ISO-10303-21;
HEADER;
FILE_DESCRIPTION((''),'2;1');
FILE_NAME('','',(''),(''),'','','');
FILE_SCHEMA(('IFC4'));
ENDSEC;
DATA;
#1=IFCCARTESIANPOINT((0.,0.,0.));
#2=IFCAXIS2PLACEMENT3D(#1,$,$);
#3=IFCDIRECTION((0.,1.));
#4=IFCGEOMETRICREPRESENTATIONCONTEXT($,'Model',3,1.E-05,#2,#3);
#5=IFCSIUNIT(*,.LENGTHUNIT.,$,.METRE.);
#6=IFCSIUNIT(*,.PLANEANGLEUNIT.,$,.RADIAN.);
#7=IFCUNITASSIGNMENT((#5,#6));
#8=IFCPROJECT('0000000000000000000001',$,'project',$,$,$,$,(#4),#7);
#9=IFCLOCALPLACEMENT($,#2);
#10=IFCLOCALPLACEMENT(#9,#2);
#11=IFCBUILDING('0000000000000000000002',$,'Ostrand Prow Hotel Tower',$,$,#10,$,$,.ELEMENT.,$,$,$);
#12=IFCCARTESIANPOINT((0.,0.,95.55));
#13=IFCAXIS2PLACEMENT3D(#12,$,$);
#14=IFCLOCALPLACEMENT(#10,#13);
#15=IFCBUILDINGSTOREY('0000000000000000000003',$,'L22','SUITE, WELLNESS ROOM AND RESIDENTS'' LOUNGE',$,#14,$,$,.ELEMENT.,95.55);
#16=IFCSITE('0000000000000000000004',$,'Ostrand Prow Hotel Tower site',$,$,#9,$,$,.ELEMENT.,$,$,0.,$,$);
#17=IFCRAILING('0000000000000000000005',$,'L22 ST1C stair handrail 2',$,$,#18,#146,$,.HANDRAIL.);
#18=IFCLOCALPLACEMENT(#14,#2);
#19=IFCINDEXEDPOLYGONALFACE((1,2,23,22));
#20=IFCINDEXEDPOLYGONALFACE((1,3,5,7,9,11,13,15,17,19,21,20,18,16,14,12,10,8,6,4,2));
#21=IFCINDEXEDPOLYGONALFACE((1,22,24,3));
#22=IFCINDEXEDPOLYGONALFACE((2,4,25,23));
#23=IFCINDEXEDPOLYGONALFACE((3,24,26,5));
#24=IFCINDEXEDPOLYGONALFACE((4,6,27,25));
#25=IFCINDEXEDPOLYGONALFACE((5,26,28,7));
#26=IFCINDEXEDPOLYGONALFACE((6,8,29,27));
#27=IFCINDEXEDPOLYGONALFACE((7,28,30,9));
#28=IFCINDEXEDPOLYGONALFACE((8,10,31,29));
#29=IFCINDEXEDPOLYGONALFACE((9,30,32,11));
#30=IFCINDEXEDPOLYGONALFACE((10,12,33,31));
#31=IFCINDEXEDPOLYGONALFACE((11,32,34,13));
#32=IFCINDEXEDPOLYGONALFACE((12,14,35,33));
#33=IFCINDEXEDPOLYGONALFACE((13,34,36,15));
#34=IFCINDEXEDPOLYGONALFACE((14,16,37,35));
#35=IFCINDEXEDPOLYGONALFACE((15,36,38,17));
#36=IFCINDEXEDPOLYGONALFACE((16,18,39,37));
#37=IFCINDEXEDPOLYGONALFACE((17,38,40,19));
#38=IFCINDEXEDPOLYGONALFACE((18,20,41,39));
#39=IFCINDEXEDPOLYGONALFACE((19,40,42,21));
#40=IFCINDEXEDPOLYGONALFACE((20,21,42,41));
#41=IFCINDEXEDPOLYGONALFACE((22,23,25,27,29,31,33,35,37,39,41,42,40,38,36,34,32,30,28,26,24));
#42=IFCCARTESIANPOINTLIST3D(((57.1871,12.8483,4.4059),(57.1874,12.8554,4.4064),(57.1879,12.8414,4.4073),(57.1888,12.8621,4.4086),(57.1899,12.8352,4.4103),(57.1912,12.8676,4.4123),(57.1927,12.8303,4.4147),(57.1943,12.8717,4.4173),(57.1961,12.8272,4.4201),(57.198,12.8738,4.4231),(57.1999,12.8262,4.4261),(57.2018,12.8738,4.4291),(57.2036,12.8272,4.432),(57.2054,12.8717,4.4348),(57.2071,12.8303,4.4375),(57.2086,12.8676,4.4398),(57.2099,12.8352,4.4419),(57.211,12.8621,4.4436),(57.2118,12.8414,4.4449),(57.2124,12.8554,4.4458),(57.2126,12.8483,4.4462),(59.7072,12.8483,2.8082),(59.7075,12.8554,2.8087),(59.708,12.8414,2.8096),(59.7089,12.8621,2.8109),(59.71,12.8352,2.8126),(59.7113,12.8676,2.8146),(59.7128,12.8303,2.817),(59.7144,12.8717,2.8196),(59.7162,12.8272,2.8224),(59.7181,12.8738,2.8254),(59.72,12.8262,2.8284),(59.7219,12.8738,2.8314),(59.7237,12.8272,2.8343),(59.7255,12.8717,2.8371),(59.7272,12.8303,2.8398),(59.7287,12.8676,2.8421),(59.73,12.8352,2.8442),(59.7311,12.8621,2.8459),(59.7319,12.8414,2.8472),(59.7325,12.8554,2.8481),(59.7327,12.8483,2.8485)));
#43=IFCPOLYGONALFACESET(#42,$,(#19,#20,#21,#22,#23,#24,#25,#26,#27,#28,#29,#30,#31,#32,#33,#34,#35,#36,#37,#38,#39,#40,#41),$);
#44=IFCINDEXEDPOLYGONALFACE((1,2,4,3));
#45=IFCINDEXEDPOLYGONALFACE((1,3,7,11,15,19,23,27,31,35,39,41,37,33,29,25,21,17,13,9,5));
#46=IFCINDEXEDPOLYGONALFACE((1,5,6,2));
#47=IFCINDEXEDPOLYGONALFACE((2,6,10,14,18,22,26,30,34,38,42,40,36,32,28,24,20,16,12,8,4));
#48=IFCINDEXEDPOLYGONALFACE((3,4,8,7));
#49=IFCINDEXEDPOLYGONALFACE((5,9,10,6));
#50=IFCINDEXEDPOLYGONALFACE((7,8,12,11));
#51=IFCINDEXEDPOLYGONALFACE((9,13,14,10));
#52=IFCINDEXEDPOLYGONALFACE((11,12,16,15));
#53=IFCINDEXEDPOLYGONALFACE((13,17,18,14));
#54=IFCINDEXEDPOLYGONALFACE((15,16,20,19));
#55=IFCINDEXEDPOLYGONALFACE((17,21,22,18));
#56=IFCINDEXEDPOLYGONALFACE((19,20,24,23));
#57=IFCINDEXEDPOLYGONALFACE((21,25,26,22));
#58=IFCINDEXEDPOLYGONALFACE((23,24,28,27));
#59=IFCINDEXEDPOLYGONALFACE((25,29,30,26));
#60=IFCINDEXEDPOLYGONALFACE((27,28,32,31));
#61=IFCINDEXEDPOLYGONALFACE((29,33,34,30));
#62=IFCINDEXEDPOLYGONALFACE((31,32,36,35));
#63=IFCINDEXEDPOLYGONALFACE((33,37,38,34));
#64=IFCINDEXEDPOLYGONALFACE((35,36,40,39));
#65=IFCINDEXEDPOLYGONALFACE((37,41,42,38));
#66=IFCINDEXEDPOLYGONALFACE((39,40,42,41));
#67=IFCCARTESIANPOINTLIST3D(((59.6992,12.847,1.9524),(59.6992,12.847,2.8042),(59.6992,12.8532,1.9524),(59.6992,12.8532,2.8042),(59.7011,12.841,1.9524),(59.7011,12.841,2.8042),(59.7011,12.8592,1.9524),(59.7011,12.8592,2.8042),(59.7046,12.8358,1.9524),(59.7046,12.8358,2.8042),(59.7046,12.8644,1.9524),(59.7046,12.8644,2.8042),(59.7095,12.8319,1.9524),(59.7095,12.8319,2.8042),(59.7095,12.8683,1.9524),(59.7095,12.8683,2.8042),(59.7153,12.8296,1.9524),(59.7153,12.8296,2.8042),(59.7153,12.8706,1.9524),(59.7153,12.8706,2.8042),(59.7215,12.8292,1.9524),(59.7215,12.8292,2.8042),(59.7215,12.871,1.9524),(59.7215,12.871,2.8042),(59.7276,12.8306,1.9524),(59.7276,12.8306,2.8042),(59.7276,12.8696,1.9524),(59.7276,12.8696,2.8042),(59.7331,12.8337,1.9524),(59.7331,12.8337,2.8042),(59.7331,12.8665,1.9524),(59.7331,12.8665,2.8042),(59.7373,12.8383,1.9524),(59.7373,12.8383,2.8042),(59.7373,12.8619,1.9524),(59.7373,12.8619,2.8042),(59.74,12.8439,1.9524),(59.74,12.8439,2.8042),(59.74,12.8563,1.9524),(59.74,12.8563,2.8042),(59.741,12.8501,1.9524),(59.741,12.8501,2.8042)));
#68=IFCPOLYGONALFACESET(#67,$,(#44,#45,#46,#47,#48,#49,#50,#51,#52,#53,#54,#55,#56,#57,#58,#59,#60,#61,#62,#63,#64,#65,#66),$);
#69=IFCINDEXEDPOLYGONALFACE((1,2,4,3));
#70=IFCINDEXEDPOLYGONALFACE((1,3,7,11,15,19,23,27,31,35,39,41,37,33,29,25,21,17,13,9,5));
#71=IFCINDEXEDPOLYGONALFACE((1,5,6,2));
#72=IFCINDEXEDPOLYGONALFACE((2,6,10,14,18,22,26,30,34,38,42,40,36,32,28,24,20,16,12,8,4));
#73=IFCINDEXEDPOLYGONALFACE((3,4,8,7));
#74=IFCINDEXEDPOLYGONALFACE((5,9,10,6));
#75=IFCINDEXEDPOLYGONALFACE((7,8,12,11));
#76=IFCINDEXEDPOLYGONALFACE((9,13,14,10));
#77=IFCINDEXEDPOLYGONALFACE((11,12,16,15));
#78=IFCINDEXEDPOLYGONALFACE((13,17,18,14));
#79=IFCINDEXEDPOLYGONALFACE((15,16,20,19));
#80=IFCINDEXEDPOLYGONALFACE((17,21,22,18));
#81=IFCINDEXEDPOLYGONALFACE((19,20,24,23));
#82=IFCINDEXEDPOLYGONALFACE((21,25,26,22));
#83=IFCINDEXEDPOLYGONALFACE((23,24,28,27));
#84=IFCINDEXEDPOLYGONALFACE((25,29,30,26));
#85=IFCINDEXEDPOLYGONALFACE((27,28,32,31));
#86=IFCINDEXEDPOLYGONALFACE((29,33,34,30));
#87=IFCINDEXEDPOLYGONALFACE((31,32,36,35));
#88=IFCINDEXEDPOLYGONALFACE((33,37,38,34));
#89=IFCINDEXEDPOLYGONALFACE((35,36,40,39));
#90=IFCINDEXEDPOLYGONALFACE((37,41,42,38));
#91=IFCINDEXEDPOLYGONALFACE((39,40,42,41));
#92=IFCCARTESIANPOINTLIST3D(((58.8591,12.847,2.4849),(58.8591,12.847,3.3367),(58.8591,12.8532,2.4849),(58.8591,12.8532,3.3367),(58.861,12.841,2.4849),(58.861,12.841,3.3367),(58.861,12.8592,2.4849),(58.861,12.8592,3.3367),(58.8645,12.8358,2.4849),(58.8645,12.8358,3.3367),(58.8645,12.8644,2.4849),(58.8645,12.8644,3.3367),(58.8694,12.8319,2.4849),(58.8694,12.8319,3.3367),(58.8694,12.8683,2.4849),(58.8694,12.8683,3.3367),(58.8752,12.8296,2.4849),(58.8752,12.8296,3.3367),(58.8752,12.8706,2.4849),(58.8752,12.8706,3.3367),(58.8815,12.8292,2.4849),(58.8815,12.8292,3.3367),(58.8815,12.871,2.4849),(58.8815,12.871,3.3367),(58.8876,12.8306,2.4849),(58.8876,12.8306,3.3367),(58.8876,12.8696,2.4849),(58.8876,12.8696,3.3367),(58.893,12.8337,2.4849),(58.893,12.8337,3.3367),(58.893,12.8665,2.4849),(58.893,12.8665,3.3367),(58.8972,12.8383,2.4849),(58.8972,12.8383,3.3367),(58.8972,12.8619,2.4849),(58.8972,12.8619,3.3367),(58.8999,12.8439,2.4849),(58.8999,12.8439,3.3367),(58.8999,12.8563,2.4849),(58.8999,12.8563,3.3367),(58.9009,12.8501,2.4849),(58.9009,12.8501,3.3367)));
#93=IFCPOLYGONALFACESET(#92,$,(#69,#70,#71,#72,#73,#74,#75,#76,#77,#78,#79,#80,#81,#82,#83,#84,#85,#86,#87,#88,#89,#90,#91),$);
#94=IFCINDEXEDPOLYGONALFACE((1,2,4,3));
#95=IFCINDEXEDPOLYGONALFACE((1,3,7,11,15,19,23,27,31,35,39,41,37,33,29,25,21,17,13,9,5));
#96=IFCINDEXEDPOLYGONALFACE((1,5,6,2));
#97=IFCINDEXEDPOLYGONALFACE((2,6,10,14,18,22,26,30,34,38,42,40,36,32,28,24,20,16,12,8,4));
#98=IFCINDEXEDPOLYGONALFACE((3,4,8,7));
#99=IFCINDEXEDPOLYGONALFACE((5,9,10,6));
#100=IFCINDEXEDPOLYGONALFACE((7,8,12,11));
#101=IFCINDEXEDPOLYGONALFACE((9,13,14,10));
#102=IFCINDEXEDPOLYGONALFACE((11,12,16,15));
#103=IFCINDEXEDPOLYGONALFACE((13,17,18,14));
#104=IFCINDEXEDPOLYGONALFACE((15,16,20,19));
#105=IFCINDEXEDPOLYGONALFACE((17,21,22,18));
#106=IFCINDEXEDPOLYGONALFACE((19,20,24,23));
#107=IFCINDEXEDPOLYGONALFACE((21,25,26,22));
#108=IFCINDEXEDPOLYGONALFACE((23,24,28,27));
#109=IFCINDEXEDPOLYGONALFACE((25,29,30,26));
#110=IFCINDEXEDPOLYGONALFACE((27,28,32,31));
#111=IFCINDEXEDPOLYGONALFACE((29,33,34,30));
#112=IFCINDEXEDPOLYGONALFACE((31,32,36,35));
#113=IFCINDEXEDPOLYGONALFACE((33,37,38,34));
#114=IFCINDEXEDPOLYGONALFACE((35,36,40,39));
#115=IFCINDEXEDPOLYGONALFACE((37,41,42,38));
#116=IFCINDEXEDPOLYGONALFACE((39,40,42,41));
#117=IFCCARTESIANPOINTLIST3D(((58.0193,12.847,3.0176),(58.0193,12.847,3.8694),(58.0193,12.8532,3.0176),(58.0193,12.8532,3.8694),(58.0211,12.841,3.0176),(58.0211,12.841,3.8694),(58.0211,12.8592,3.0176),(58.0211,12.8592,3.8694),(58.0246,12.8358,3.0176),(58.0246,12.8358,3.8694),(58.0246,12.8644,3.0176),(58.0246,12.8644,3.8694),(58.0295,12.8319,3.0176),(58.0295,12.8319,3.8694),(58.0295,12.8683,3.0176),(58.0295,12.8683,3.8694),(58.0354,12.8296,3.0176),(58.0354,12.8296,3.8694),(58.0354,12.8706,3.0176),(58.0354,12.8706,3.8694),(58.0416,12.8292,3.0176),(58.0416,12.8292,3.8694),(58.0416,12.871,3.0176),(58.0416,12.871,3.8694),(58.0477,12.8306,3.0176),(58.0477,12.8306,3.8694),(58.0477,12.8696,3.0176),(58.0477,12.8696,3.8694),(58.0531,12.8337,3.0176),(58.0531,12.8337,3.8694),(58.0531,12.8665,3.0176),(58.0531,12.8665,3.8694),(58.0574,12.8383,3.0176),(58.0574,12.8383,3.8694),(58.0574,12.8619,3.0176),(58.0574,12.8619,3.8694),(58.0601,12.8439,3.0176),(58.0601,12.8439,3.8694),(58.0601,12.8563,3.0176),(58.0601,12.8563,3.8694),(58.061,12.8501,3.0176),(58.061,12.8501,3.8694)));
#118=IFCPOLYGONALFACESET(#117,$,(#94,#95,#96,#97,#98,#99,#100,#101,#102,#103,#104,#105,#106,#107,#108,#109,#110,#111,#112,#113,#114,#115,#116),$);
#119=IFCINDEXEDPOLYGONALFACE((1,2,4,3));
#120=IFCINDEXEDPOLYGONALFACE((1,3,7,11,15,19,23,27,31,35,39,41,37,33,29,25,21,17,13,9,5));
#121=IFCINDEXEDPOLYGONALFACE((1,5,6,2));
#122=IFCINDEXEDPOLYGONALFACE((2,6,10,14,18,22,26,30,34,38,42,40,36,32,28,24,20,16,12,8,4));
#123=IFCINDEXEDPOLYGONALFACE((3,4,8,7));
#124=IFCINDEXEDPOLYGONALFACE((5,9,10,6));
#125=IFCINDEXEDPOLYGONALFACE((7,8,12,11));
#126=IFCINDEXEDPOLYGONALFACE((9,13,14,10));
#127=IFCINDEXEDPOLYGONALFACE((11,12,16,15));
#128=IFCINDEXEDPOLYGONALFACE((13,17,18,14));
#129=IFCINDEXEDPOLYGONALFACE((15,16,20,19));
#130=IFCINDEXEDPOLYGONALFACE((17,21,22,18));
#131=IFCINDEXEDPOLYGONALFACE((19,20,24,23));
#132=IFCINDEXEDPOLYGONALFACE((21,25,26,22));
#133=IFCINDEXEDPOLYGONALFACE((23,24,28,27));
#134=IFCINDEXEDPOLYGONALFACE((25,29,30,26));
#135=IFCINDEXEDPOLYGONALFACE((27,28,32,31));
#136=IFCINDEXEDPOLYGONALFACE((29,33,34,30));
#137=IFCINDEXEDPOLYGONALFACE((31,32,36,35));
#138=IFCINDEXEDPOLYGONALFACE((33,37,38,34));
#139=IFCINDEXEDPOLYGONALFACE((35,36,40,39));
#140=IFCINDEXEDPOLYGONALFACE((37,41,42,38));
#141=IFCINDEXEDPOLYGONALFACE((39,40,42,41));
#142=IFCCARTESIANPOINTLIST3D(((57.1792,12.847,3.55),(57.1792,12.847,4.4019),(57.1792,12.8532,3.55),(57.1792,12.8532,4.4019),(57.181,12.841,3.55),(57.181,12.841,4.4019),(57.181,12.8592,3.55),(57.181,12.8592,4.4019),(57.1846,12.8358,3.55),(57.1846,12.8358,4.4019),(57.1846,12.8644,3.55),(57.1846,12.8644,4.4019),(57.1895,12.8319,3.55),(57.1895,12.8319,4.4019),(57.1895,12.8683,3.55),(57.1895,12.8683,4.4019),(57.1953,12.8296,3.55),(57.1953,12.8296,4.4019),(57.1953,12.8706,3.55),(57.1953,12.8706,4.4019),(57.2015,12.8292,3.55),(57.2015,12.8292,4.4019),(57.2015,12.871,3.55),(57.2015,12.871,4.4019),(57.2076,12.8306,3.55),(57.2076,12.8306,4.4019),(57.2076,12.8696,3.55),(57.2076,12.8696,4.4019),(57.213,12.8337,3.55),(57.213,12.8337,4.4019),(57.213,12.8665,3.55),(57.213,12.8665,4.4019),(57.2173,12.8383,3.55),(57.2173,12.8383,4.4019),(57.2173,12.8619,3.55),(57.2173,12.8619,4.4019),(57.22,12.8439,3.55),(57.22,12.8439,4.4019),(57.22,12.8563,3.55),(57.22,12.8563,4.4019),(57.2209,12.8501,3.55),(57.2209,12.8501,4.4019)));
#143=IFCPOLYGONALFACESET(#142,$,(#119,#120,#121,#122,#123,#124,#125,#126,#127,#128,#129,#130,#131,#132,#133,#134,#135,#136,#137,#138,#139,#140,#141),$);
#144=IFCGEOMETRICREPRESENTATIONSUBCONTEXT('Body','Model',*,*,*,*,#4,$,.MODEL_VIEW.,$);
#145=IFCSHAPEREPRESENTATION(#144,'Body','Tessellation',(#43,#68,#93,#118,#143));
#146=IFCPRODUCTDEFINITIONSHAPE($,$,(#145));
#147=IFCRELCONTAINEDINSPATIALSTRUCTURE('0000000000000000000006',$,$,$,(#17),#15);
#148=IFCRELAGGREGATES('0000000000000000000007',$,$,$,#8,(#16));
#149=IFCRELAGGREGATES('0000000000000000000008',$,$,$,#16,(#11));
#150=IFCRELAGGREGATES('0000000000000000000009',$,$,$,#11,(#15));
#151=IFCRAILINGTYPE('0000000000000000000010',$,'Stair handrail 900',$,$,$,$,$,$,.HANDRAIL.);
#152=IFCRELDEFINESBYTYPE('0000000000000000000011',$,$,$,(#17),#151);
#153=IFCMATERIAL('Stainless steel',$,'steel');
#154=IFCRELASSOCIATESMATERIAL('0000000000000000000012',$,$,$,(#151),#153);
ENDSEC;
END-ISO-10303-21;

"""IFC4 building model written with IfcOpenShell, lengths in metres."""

from ifc_helpers import new_model, si_unit, direction, frame, origin, origin_2d, place, context, subcontext, project, spatial, circle, extrude, material, type_object, element, save


model = new_model("IFC4")

# Units and contexts
model_context = context("Model", 3, precision=1e-05, world=origin(), true_north=direction((0.0, 1.0)))
body_context = subcontext(model_context, "Body", "Model", "MODEL_VIEW")
ifc_project = project(units=[si_unit("LENGTHUNIT", "METRE"), si_unit("PLANEANGLEUNIT", "RADIAN")], contexts=[model_context])

# Site, building, storey
site_placement = place(None, origin())
site = spatial("IfcSite", under=ifc_project, at=site_placement, Name="Ostrand Prow Hotel Tower site", CompositionType="ELEMENT", RefElevation=0.0)
building_placement = place(site_placement, origin())
building = spatial("IfcBuilding", under=site, at=building_placement, Name="Ostrand Prow Hotel Tower", CompositionType="ELEMENT")
storey_placement = place(building_placement, frame((0.0, 0.0, 95.55)))
storey = spatial("IfcBuildingStorey", under=building, at=storey_placement, Name="L22", Description="SUITE, WELLNESS ROOM AND RESIDENTS' LOUNGE", CompositionType="ELEMENT", Elevation=95.55)

# Railing
ifc_material_1 = material(Name="Stainless steel", Category="steel")
railing_type_1 = type_object("IfcRailingType", Name="Stair handrail 900", PredefinedType="HANDRAIL", material=ifc_material_1)
railing_1_placement = place(storey_placement, frame((59.72, 12.8501, 1.9524)))
element("IfcRailing", 1, at=railing_1_placement, inside=storey, type_object=railing_type_1, Name="L22 ST1C stair handrail 2", PredefinedType="HANDRAIL", context=body_context, shape_type="SweptSolid", body=[
    extrude(circle(Radius=0.0239, at=origin_2d()), frame((0.0, 0.0, 0.876), z_axis=(-0.84457, 0.0, 0.535445), x_axis=(0.0, -1.0, 0.0)), (0.0, 0.0, 1.0), 2.9839),
    extrude(circle(Radius=0.021, at=origin_2d()), origin(), (0.0, 0.0, 1.0), 0.8518),
    extrude(circle(Radius=0.021, at=origin_2d()), frame((-0.8401, 0.0, 0.5325)), (0.0, 0.0, 1.0), 0.8518),
    extrude(circle(Radius=0.021, at=origin_2d()), frame((-1.6799, 0.0, 1.0652)), (0.0, 0.0, 1.0), 0.8518),
    extrude(circle(Radius=0.021, at=origin_2d()), frame((-2.52, 0.0, 1.5977)), (0.0, 0.0, 1.0), 0.8518),
])

save(model, "model.ifc")
